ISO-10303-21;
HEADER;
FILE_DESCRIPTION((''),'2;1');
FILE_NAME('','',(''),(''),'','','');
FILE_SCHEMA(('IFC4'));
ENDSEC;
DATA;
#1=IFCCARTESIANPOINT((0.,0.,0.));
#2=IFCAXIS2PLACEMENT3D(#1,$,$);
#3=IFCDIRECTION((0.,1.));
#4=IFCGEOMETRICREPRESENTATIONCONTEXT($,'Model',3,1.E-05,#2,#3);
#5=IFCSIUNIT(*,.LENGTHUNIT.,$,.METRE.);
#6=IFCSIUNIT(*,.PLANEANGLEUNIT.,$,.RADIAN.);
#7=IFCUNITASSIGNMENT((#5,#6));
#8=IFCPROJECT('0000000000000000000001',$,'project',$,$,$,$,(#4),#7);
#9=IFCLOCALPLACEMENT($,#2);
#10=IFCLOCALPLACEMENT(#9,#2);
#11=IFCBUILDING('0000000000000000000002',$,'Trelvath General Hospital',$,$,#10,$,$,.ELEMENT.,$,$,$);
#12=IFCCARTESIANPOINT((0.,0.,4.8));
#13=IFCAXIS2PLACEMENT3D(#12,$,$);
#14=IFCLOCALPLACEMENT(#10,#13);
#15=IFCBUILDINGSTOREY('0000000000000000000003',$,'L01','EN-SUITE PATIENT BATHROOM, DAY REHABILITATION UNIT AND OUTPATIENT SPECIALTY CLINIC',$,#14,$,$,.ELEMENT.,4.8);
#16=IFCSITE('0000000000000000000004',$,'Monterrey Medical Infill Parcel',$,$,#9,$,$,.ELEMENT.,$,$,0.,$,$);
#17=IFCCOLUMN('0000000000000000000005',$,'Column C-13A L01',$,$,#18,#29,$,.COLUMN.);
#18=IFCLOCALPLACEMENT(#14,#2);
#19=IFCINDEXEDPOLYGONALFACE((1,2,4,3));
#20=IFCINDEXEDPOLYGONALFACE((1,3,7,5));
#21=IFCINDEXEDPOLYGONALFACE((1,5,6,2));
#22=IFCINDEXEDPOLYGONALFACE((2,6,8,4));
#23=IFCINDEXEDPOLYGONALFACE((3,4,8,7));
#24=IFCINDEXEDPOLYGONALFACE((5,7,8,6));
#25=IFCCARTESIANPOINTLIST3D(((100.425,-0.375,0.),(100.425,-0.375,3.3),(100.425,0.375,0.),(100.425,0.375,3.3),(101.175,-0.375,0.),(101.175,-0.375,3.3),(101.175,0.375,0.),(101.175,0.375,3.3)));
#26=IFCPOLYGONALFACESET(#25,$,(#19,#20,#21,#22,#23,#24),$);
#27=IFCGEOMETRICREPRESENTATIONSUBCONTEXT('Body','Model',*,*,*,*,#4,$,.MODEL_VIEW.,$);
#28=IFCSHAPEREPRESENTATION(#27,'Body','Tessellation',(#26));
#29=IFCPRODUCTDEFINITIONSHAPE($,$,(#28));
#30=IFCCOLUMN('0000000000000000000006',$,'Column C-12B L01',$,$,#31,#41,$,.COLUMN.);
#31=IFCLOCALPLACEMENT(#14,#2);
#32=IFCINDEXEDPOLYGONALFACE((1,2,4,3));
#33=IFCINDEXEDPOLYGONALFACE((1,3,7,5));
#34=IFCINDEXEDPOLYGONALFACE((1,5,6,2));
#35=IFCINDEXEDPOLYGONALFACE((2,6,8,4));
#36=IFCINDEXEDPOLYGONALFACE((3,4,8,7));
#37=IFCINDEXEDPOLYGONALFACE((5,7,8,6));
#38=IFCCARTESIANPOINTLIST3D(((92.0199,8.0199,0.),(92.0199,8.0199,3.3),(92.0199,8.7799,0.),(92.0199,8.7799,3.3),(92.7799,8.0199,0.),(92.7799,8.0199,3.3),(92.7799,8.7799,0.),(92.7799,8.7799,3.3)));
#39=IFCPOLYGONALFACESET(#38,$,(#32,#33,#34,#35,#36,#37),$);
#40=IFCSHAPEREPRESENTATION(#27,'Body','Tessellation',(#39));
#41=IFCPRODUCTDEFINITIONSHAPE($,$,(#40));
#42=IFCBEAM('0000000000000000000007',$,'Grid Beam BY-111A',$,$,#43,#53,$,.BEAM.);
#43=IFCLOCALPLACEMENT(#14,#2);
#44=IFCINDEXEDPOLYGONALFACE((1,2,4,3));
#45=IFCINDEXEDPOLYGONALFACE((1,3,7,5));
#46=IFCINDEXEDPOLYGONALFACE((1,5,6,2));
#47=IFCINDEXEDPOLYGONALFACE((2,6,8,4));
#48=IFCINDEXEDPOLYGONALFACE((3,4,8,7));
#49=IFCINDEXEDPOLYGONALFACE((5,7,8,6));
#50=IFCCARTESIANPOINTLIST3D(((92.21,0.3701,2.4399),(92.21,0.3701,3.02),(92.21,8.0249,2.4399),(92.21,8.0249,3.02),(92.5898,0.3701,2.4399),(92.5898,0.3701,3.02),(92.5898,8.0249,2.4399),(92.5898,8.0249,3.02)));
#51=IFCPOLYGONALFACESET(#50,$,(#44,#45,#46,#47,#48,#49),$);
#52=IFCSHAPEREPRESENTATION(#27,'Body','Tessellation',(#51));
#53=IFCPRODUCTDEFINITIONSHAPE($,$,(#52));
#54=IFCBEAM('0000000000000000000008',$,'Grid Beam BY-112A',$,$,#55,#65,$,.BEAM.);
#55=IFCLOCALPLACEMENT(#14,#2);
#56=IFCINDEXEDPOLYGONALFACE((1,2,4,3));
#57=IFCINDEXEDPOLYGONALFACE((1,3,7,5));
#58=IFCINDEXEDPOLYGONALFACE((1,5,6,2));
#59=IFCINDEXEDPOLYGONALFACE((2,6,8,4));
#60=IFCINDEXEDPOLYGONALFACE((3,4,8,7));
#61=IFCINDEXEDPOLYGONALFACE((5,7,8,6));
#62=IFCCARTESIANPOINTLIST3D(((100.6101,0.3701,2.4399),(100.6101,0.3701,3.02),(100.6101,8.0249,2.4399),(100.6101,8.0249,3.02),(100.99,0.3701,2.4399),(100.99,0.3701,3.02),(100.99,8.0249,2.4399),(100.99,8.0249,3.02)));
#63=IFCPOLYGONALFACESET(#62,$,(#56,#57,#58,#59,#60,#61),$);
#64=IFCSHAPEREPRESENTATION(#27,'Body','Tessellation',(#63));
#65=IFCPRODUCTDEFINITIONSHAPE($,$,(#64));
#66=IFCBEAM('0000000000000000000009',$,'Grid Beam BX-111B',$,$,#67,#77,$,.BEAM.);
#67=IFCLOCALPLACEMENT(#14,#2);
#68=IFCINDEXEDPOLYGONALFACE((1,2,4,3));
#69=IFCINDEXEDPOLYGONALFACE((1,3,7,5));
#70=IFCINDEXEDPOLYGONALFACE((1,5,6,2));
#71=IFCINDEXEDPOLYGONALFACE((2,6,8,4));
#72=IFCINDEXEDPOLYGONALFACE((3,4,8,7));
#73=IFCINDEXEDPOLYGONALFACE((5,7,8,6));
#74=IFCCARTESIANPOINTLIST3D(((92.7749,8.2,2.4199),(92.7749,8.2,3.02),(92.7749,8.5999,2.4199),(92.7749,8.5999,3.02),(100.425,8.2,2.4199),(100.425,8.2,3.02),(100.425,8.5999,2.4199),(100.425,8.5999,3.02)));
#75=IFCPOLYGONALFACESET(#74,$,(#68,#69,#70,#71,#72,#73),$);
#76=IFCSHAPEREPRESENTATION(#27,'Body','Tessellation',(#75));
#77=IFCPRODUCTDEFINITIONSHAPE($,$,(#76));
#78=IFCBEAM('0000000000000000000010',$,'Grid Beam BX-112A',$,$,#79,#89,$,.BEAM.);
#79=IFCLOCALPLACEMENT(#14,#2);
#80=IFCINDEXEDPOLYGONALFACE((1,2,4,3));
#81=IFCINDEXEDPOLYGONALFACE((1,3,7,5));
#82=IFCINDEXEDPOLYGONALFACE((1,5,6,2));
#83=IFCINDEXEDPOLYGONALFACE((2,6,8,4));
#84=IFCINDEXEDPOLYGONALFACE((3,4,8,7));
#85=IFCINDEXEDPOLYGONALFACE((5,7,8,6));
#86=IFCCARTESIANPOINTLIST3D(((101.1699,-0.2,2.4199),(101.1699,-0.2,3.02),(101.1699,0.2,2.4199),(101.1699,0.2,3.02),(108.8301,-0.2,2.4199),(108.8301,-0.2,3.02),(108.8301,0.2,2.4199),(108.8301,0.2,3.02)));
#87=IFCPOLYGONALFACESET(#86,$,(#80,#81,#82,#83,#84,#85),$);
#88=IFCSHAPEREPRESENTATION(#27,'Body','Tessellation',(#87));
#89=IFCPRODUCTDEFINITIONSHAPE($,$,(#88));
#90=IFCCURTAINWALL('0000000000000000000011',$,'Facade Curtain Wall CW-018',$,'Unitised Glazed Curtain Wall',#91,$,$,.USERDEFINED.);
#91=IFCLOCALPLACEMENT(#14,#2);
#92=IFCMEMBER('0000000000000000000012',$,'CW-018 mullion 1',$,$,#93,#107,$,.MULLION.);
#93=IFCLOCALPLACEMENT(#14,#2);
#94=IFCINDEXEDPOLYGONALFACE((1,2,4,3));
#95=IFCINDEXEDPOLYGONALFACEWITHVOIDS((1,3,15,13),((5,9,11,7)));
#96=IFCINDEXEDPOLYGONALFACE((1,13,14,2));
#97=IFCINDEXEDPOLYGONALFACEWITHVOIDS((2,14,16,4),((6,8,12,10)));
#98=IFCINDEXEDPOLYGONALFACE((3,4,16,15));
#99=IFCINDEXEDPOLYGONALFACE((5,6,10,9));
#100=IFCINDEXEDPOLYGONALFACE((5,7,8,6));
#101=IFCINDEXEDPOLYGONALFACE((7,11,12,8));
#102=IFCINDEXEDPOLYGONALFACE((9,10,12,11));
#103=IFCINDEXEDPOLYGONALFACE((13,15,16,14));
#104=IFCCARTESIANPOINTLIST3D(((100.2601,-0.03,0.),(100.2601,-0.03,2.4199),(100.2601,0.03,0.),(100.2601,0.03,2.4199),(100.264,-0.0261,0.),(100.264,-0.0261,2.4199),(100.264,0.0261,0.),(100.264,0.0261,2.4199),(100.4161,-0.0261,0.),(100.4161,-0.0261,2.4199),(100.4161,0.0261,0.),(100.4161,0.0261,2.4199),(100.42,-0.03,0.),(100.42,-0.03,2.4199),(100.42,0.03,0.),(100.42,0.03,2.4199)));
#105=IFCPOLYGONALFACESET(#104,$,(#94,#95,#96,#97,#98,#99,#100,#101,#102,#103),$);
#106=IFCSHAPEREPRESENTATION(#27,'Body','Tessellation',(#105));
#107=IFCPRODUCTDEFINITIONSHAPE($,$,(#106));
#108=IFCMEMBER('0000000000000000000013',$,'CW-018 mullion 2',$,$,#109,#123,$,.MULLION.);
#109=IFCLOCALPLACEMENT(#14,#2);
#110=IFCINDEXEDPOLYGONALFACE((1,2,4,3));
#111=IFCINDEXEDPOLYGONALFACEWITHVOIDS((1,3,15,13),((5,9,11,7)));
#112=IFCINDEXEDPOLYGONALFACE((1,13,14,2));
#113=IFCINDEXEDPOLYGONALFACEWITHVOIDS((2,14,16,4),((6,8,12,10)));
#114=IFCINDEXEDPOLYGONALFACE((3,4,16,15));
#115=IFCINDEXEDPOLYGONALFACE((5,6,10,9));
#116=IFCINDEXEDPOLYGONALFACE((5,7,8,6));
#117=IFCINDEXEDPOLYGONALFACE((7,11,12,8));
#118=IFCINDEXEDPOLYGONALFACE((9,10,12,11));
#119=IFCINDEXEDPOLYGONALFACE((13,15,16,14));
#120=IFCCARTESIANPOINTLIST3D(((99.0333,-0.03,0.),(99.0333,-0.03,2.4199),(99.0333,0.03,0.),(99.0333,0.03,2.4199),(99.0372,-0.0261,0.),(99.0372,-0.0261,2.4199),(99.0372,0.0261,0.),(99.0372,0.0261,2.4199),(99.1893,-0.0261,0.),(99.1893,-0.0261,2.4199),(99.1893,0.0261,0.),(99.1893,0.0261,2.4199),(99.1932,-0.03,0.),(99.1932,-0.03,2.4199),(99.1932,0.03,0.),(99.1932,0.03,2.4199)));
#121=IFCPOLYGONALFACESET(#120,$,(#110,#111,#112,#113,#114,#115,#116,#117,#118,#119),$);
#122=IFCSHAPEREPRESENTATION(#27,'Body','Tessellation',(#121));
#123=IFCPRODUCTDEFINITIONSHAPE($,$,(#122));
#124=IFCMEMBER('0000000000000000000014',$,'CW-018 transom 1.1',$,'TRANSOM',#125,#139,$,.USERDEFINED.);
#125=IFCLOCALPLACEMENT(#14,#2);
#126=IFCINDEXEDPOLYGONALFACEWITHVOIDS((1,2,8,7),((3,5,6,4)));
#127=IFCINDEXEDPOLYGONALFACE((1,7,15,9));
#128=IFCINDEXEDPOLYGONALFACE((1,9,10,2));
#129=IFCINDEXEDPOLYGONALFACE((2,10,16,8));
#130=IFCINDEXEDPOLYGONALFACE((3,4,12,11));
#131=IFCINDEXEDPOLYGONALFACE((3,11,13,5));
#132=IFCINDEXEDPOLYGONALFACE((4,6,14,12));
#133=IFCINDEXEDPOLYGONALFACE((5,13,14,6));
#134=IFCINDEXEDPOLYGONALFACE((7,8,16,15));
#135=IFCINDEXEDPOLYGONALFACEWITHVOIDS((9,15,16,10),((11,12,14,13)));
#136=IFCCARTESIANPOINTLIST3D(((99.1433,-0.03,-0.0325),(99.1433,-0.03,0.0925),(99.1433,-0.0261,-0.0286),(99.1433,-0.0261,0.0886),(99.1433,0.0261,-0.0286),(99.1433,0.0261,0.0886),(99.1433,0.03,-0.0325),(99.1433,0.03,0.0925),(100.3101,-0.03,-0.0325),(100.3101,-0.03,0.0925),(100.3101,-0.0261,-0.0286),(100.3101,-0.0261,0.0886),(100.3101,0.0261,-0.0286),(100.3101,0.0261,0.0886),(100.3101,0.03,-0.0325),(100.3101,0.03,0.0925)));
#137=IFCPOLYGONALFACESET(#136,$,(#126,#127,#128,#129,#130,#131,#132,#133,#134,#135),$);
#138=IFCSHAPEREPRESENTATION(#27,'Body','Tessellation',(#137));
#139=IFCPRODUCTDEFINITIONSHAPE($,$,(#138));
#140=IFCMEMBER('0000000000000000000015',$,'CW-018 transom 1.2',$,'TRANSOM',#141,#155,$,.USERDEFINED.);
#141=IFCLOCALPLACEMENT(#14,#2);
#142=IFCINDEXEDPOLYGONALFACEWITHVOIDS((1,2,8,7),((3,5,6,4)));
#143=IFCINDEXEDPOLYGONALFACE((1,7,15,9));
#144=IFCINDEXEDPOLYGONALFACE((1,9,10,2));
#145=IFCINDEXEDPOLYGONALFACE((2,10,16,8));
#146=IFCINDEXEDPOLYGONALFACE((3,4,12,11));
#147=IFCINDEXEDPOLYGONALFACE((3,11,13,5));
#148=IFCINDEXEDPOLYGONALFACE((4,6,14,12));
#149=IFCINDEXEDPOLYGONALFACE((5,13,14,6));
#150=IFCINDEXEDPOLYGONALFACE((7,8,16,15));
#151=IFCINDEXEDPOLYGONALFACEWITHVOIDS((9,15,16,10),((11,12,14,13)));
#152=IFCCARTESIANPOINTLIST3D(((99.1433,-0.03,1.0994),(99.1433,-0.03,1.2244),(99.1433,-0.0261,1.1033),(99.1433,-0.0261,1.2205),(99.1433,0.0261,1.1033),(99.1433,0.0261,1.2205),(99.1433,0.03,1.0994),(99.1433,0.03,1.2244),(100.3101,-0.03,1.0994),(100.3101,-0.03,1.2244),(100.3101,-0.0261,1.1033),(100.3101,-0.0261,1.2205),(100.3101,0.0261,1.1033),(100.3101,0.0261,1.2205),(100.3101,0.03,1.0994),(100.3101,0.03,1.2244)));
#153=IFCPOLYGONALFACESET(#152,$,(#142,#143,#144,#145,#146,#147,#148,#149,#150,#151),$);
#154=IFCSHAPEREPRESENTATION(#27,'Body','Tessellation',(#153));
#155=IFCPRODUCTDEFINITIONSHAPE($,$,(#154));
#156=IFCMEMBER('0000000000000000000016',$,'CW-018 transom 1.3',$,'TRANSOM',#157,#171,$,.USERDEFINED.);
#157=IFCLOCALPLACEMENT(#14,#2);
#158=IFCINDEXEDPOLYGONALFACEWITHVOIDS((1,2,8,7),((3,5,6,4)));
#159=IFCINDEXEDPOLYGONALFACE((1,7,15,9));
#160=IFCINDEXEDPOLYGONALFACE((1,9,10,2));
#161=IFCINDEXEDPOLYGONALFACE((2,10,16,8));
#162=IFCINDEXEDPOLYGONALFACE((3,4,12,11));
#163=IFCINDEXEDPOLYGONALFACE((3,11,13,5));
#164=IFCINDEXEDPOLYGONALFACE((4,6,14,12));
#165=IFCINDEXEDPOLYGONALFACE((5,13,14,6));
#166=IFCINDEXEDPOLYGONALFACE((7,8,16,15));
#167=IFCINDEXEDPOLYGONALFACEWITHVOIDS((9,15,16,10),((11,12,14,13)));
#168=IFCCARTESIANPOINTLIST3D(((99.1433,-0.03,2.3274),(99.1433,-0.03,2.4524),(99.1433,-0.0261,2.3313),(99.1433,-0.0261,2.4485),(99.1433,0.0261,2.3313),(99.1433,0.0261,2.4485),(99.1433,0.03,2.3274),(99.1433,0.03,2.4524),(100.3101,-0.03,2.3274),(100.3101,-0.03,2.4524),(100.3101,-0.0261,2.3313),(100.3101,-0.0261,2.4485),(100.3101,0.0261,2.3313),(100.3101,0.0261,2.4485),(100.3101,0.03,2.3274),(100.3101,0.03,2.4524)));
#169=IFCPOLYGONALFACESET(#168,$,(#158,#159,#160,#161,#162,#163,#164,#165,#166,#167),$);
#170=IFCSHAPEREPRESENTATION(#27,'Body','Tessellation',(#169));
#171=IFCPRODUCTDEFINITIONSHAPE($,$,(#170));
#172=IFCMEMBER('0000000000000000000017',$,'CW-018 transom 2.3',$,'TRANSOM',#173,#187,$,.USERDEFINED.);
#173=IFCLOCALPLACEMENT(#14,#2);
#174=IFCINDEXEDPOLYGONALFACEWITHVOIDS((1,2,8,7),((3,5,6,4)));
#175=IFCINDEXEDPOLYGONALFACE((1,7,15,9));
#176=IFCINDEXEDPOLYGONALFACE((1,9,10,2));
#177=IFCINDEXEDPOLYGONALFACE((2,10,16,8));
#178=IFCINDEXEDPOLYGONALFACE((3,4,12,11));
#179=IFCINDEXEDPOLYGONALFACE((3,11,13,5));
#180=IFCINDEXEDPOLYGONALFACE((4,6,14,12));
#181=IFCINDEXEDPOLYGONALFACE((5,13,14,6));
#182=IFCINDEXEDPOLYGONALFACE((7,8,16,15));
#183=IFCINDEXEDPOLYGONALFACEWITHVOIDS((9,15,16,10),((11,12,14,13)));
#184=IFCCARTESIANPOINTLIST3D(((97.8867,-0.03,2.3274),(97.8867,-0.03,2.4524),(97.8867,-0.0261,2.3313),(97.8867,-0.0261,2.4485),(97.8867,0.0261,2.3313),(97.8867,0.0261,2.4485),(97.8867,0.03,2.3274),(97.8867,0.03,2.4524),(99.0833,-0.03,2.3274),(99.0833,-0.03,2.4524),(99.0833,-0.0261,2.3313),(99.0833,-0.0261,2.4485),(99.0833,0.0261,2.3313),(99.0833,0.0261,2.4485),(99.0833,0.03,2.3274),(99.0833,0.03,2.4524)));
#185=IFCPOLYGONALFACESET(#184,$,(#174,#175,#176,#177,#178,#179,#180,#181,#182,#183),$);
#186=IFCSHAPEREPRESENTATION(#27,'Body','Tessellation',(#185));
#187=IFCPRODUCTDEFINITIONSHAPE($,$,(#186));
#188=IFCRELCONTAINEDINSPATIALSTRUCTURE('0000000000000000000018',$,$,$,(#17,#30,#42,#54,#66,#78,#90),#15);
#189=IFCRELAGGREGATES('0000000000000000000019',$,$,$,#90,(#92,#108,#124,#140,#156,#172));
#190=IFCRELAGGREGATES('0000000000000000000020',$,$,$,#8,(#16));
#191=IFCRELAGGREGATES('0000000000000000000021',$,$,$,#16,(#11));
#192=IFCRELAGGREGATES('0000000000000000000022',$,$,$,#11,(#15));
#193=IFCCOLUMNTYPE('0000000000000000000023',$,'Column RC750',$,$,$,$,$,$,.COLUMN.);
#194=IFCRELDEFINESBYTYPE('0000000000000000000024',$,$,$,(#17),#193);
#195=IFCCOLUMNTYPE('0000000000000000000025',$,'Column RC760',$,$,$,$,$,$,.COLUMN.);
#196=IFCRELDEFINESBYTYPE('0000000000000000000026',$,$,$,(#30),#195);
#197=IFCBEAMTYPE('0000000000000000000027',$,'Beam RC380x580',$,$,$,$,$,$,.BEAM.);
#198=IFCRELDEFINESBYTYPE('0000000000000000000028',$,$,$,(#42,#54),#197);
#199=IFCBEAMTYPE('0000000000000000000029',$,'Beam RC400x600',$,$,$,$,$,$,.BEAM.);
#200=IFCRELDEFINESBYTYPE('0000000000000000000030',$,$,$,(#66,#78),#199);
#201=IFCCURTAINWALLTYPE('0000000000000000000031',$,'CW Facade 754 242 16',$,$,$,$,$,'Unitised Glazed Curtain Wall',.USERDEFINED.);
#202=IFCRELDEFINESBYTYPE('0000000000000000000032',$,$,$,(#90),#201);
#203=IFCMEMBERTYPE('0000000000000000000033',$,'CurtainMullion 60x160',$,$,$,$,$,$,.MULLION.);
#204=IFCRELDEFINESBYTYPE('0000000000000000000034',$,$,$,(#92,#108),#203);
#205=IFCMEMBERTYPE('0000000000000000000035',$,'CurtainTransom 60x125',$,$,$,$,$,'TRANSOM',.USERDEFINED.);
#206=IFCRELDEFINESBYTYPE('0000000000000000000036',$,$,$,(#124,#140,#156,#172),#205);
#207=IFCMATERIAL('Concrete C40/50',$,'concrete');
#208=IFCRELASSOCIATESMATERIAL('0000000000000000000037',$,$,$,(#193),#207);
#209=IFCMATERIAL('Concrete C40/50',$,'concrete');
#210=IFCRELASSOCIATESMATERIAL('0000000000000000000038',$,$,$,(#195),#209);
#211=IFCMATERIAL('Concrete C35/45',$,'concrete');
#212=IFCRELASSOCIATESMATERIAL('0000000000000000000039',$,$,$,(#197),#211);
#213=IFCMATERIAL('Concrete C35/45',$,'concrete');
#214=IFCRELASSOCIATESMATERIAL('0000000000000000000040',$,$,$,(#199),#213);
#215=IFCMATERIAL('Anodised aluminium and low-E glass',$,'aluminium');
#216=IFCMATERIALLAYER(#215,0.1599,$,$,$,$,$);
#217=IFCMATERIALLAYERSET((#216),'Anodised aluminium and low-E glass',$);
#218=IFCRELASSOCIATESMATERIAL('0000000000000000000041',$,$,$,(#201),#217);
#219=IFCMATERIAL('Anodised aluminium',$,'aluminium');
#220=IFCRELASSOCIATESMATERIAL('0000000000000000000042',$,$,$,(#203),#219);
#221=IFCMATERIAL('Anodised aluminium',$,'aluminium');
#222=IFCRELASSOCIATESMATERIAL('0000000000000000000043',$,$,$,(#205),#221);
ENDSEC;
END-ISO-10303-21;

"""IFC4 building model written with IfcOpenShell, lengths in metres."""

from ifc_helpers import new_model, si_unit, direction, frame, origin, origin_2d, place, context, subcontext, project, spatial, rectangle, hollow_rectangle, extrude, material, layer, layer_set, material_profile, profile_set, type_object, element, aggregate, save


model = new_model("IFC4")

# Units and contexts
model_context = context("Model", 3, precision=1e-05, world=origin(), true_north=direction((0.0, 1.0)))
body_context = subcontext(model_context, "Body", "Model", "MODEL_VIEW")
ifc_project = project(units=[si_unit("LENGTHUNIT", "METRE"), si_unit("PLANEANGLEUNIT", "RADIAN")], contexts=[model_context])

# Site, building, storey
site_placement = place(None, origin())
site = spatial("IfcSite", under=ifc_project, at=site_placement, Name="Monterrey Medical Infill Parcel", CompositionType="ELEMENT", RefElevation=0.0)
building_placement = place(site_placement, origin())
building = spatial("IfcBuilding", under=site, at=building_placement, Name="Trelvath General Hospital", CompositionType="ELEMENT")
storey_placement = place(building_placement, frame((0.0, 0.0, 4.8)))
storey = spatial("IfcBuildingStorey", under=building, at=storey_placement, Name="L01", Description="EN-SUITE PATIENT BATHROOM, DAY REHABILITATION UNIT AND OUTPATIENT SPECIALTY CLINIC", CompositionType="ELEMENT", Elevation=4.8)

# Columns
ifc_material_1 = material(Name="Concrete C40/50", Category="concrete")
ifc_material_profile_1 = material_profile(ifc_material_1, rectangle(XDim=0.75, YDim=0.75, at=origin_2d()), Name="RC750x750")
ifc_profile_set_1 = profile_set([ifc_material_profile_1], Name="Concrete C40/50")
column_type_1 = type_object("IfcColumnType", Name="Column RC750", PredefinedType="COLUMN", material=ifc_profile_set_1)
column_1_placement = place(storey_placement, frame((100.8, 0.0, 0.0), z_axis=(0.0, 0.0, 1.0), x_axis=(1.0, 0.0, 0.0)))
element("IfcColumn", 1, at=column_1_placement, inside=storey, type_object=column_type_1, Name="Column C-13A L01", PredefinedType="COLUMN", context=body_context, shape_type="SweptSolid", body=[
    extrude(rectangle(XDim=0.75, YDim=0.75, at=origin_2d()), origin(), (0.0, 0.0, 1.0), 3.3),
])
ifc_material_2 = material(Name="Concrete C40/50", Category="concrete")
ifc_material_profile_2 = material_profile(ifc_material_2, rectangle(XDim=0.76, YDim=0.76, at=origin_2d()), Name="RC760x760")
ifc_profile_set_2 = profile_set([ifc_material_profile_2], Name="Concrete C40/50")
column_type_2 = type_object("IfcColumnType", Name="Column RC760", PredefinedType="COLUMN", material=ifc_profile_set_2)
column_2_placement = place(storey_placement, frame((92.3999, 8.3999, 0.0), z_axis=(0.0, 0.0, 1.0), x_axis=(1.0, 0.0, 0.0)))
element("IfcColumn", 2, at=column_2_placement, inside=storey, type_object=column_type_2, Name="Column C-12B L01", PredefinedType="COLUMN", context=body_context, shape_type="SweptSolid", body=[
    extrude(rectangle(XDim=0.76, YDim=0.76, at=origin_2d()), origin(), (0.0, 0.0, 1.0), 3.3),
])

# Beams
ifc_material_3 = material(Name="Concrete C35/45", Category="concrete")
ifc_material_profile_3 = material_profile(ifc_material_3, rectangle(XDim=0.3799, YDim=0.5801, at=origin_2d()), Name="RCB380x580")
ifc_profile_set_3 = profile_set([ifc_material_profile_3], Name="Concrete C35/45")
beam_type_1 = type_object("IfcBeamType", Name="Beam RC380x580", PredefinedType="BEAM", material=ifc_profile_set_3)
for number, where, z_axis, x_axis, name in (
    (3, (92.3999, 0.3701, 2.73), (0.0, 1.0, 0.0), (-1.0, 0.0, 0.0), "Grid Beam BY-111A"),
    (4, (100.8, 0.3701, 2.73), (0.0, 1.0, 0.0), (-1.0, 0.0, 0.0), "Grid Beam BY-112A"),
):
    element("IfcBeam", number, at=place(storey_placement, frame(where, z_axis=z_axis, x_axis=x_axis)), inside=storey, type_object=beam_type_1, Name=name, PredefinedType="BEAM", context=body_context, shape_type="SweptSolid", body=[
        extrude(rectangle(XDim=0.3799, YDim=0.5801, at=origin_2d()), origin(), (0.0, 0.0, 1.0), 7.6548),
    ])
ifc_material_4 = material(Name="Concrete C35/45", Category="concrete")
ifc_material_profile_4 = material_profile(ifc_material_4, rectangle(XDim=0.3999, YDim=0.6001, at=origin_2d()), Name="RCB400x600")
ifc_profile_set_4 = profile_set([ifc_material_profile_4], Name="Concrete C35/45")
beam_type_2 = type_object("IfcBeamType", Name="Beam RC400x600", PredefinedType="BEAM", material=ifc_profile_set_4)
beam_1_placement = place(storey_placement, frame((92.7749, 8.3999, 2.72), z_axis=(1.0, 0.0, 0.0), x_axis=(0.0, 1.0, 0.0)))
element("IfcBeam", 5, at=beam_1_placement, inside=storey, type_object=beam_type_2, Name="Grid Beam BX-111B", PredefinedType="BEAM", context=body_context, shape_type="SweptSolid", body=[
    extrude(rectangle(XDim=0.3999, YDim=0.6001, at=origin_2d()), origin(), (0.0, 0.0, 1.0), 7.6501),
])
beam_2_placement = place(storey_placement, frame((101.1699, 0.0, 2.72), z_axis=(1.0, 0.0, 0.0), x_axis=(0.0, 1.0, 0.0)))
element("IfcBeam", 6, at=beam_2_placement, inside=storey, type_object=beam_type_2, Name="Grid Beam BX-112A", PredefinedType="BEAM", context=body_context, shape_type="SweptSolid", body=[
    extrude(rectangle(XDim=0.3999, YDim=0.6001, at=origin_2d()), origin(), (0.0, 0.0, 1.0), 7.6602),
])

# Curtain wall, members
ifc_material_5 = material(Name="Anodised aluminium and low-E glass", Category="aluminium")
ifc_layer_1 = layer(ifc_material_5, 0.1599)
ifc_layer_set_1 = layer_set([ifc_layer_1], Name="Anodised aluminium and low-E glass")
curtain_wall_type = type_object("IfcCurtainWallType", Name="CW Facade 754 242 16", ElementType="Unitised Glazed Curtain Wall", PredefinedType="USERDEFINED", material=ifc_layer_set_1)
curtain_wall_placement = place(storey_placement, origin())
curtain_wall = element("IfcCurtainWall", 7, at=curtain_wall_placement, inside=storey, type_object=curtain_wall_type, Name="Facade Curtain Wall CW-018", ObjectType="Unitised Glazed Curtain Wall", PredefinedType="USERDEFINED")
ifc_material_6 = material(Name="Anodised aluminium", Category="aluminium")
ifc_material_profile_5 = material_profile(ifc_material_6, hollow_rectangle(XDim=0.0601, YDim=0.1599, WallThickness=0.0039, at=origin_2d()), Name="RHS60x160x4")
ifc_profile_set_5 = profile_set([ifc_material_profile_5], Name="Anodised aluminium")
member_type_1 = type_object("IfcMemberType", Name="CurtainMullion 60x160", PredefinedType="MULLION", material=ifc_profile_set_5)
member_1_placement = place(storey_placement, frame((100.3401, 0.0, 0.0), z_axis=(0.0, 0.0, 1.0), x_axis=(0.0, -1.0, 0.0)))
member_1 = element("IfcMember", 8, at=member_1_placement, type_object=member_type_1, Name="CW-018 mullion 1", PredefinedType="MULLION", context=body_context, shape_type="SweptSolid", body=[
    extrude(hollow_rectangle(XDim=0.0601, YDim=0.1599, WallThickness=0.0039, at=origin_2d()), origin(), (0.0, 0.0, 1.0), 2.4199),
])
member_2_placement = place(storey_placement, frame((99.1133, 0.0, 0.0), z_axis=(0.0, 0.0, 1.0), x_axis=(0.0, -1.0, 0.0)))
member_2 = element("IfcMember", 9, at=member_2_placement, type_object=member_type_1, Name="CW-018 mullion 2", PredefinedType="MULLION", context=body_context, shape_type="SweptSolid", body=[
    extrude(hollow_rectangle(XDim=0.0601, YDim=0.1599, WallThickness=0.0039, at=origin_2d()), origin(), (0.0, 0.0, 1.0), 2.4199),
])
ifc_material_7 = material(Name="Anodised aluminium", Category="aluminium")
ifc_material_profile_6 = material_profile(ifc_material_7, hollow_rectangle(XDim=0.0601, YDim=0.125, WallThickness=0.0039, at=origin_2d()), Name="RHS60x125x4")
ifc_profile_set_6 = profile_set([ifc_material_profile_6], Name="Anodised aluminium")
member_type_2 = type_object("IfcMemberType", Name="CurtainTransom 60x125", ElementType="TRANSOM", PredefinedType="USERDEFINED", material=ifc_profile_set_6)
member_3_placement = place(storey_placement, frame((100.3101, 0.0, 0.03), z_axis=(-1.0, 0.0, 0.0), x_axis=(0.0, -1.0, 0.0)))
member_3 = element("IfcMember", 10, at=member_3_placement, type_object=member_type_2, Name="CW-018 transom 1.1", ObjectType="TRANSOM", PredefinedType="USERDEFINED", context=body_context, shape_type="SweptSolid", body=[
    extrude(hollow_rectangle(XDim=0.0601, YDim=0.125, WallThickness=0.0039, at=origin_2d()), origin(), (0.0, 0.0, 1.0), 1.1667),
])
member_4_placement = place(storey_placement, frame((100.3101, 0.0, 1.1619), z_axis=(-1.0, 0.0, 0.0), x_axis=(0.0, -1.0, 0.0)))
member_4 = element("IfcMember", 11, at=member_4_placement, type_object=member_type_2, Name="CW-018 transom 1.2", ObjectType="TRANSOM", PredefinedType="USERDEFINED", context=body_context, shape_type="SweptSolid", body=[
    extrude(hollow_rectangle(XDim=0.0601, YDim=0.125, WallThickness=0.0039, at=origin_2d()), origin(), (0.0, 0.0, 1.0), 1.1667),
])
member_5_placement = place(storey_placement, frame((100.3101, 0.0, 2.3899), z_axis=(-1.0, 0.0, 0.0), x_axis=(0.0, -1.0, 0.0)))
member_5 = element("IfcMember", 12, at=member_5_placement, type_object=member_type_2, Name="CW-018 transom 1.3", ObjectType="TRANSOM", PredefinedType="USERDEFINED", context=body_context, shape_type="SweptSolid", body=[
    extrude(hollow_rectangle(XDim=0.0601, YDim=0.125, WallThickness=0.0039, at=origin_2d()), origin(), (0.0, 0.0, 1.0), 1.1667),
])
member_6_placement = place(storey_placement, frame((99.0833, 0.0, 2.3899), z_axis=(-1.0, 0.0, 0.0), x_axis=(0.0, -1.0, 0.0)))
member_6 = element("IfcMember", 13, at=member_6_placement, type_object=member_type_2, Name="CW-018 transom 2.3", ObjectType="TRANSOM", PredefinedType="USERDEFINED", context=body_context, shape_type="SweptSolid", body=[
    extrude(hollow_rectangle(XDim=0.0601, YDim=0.125, WallThickness=0.0039, at=origin_2d()), origin(), (0.0, 0.0, 1.0), 1.1965),
])
aggregate(curtain_wall, [member_1, member_2, member_3, member_4, member_5, member_6])

save(model, "model.ifc")
